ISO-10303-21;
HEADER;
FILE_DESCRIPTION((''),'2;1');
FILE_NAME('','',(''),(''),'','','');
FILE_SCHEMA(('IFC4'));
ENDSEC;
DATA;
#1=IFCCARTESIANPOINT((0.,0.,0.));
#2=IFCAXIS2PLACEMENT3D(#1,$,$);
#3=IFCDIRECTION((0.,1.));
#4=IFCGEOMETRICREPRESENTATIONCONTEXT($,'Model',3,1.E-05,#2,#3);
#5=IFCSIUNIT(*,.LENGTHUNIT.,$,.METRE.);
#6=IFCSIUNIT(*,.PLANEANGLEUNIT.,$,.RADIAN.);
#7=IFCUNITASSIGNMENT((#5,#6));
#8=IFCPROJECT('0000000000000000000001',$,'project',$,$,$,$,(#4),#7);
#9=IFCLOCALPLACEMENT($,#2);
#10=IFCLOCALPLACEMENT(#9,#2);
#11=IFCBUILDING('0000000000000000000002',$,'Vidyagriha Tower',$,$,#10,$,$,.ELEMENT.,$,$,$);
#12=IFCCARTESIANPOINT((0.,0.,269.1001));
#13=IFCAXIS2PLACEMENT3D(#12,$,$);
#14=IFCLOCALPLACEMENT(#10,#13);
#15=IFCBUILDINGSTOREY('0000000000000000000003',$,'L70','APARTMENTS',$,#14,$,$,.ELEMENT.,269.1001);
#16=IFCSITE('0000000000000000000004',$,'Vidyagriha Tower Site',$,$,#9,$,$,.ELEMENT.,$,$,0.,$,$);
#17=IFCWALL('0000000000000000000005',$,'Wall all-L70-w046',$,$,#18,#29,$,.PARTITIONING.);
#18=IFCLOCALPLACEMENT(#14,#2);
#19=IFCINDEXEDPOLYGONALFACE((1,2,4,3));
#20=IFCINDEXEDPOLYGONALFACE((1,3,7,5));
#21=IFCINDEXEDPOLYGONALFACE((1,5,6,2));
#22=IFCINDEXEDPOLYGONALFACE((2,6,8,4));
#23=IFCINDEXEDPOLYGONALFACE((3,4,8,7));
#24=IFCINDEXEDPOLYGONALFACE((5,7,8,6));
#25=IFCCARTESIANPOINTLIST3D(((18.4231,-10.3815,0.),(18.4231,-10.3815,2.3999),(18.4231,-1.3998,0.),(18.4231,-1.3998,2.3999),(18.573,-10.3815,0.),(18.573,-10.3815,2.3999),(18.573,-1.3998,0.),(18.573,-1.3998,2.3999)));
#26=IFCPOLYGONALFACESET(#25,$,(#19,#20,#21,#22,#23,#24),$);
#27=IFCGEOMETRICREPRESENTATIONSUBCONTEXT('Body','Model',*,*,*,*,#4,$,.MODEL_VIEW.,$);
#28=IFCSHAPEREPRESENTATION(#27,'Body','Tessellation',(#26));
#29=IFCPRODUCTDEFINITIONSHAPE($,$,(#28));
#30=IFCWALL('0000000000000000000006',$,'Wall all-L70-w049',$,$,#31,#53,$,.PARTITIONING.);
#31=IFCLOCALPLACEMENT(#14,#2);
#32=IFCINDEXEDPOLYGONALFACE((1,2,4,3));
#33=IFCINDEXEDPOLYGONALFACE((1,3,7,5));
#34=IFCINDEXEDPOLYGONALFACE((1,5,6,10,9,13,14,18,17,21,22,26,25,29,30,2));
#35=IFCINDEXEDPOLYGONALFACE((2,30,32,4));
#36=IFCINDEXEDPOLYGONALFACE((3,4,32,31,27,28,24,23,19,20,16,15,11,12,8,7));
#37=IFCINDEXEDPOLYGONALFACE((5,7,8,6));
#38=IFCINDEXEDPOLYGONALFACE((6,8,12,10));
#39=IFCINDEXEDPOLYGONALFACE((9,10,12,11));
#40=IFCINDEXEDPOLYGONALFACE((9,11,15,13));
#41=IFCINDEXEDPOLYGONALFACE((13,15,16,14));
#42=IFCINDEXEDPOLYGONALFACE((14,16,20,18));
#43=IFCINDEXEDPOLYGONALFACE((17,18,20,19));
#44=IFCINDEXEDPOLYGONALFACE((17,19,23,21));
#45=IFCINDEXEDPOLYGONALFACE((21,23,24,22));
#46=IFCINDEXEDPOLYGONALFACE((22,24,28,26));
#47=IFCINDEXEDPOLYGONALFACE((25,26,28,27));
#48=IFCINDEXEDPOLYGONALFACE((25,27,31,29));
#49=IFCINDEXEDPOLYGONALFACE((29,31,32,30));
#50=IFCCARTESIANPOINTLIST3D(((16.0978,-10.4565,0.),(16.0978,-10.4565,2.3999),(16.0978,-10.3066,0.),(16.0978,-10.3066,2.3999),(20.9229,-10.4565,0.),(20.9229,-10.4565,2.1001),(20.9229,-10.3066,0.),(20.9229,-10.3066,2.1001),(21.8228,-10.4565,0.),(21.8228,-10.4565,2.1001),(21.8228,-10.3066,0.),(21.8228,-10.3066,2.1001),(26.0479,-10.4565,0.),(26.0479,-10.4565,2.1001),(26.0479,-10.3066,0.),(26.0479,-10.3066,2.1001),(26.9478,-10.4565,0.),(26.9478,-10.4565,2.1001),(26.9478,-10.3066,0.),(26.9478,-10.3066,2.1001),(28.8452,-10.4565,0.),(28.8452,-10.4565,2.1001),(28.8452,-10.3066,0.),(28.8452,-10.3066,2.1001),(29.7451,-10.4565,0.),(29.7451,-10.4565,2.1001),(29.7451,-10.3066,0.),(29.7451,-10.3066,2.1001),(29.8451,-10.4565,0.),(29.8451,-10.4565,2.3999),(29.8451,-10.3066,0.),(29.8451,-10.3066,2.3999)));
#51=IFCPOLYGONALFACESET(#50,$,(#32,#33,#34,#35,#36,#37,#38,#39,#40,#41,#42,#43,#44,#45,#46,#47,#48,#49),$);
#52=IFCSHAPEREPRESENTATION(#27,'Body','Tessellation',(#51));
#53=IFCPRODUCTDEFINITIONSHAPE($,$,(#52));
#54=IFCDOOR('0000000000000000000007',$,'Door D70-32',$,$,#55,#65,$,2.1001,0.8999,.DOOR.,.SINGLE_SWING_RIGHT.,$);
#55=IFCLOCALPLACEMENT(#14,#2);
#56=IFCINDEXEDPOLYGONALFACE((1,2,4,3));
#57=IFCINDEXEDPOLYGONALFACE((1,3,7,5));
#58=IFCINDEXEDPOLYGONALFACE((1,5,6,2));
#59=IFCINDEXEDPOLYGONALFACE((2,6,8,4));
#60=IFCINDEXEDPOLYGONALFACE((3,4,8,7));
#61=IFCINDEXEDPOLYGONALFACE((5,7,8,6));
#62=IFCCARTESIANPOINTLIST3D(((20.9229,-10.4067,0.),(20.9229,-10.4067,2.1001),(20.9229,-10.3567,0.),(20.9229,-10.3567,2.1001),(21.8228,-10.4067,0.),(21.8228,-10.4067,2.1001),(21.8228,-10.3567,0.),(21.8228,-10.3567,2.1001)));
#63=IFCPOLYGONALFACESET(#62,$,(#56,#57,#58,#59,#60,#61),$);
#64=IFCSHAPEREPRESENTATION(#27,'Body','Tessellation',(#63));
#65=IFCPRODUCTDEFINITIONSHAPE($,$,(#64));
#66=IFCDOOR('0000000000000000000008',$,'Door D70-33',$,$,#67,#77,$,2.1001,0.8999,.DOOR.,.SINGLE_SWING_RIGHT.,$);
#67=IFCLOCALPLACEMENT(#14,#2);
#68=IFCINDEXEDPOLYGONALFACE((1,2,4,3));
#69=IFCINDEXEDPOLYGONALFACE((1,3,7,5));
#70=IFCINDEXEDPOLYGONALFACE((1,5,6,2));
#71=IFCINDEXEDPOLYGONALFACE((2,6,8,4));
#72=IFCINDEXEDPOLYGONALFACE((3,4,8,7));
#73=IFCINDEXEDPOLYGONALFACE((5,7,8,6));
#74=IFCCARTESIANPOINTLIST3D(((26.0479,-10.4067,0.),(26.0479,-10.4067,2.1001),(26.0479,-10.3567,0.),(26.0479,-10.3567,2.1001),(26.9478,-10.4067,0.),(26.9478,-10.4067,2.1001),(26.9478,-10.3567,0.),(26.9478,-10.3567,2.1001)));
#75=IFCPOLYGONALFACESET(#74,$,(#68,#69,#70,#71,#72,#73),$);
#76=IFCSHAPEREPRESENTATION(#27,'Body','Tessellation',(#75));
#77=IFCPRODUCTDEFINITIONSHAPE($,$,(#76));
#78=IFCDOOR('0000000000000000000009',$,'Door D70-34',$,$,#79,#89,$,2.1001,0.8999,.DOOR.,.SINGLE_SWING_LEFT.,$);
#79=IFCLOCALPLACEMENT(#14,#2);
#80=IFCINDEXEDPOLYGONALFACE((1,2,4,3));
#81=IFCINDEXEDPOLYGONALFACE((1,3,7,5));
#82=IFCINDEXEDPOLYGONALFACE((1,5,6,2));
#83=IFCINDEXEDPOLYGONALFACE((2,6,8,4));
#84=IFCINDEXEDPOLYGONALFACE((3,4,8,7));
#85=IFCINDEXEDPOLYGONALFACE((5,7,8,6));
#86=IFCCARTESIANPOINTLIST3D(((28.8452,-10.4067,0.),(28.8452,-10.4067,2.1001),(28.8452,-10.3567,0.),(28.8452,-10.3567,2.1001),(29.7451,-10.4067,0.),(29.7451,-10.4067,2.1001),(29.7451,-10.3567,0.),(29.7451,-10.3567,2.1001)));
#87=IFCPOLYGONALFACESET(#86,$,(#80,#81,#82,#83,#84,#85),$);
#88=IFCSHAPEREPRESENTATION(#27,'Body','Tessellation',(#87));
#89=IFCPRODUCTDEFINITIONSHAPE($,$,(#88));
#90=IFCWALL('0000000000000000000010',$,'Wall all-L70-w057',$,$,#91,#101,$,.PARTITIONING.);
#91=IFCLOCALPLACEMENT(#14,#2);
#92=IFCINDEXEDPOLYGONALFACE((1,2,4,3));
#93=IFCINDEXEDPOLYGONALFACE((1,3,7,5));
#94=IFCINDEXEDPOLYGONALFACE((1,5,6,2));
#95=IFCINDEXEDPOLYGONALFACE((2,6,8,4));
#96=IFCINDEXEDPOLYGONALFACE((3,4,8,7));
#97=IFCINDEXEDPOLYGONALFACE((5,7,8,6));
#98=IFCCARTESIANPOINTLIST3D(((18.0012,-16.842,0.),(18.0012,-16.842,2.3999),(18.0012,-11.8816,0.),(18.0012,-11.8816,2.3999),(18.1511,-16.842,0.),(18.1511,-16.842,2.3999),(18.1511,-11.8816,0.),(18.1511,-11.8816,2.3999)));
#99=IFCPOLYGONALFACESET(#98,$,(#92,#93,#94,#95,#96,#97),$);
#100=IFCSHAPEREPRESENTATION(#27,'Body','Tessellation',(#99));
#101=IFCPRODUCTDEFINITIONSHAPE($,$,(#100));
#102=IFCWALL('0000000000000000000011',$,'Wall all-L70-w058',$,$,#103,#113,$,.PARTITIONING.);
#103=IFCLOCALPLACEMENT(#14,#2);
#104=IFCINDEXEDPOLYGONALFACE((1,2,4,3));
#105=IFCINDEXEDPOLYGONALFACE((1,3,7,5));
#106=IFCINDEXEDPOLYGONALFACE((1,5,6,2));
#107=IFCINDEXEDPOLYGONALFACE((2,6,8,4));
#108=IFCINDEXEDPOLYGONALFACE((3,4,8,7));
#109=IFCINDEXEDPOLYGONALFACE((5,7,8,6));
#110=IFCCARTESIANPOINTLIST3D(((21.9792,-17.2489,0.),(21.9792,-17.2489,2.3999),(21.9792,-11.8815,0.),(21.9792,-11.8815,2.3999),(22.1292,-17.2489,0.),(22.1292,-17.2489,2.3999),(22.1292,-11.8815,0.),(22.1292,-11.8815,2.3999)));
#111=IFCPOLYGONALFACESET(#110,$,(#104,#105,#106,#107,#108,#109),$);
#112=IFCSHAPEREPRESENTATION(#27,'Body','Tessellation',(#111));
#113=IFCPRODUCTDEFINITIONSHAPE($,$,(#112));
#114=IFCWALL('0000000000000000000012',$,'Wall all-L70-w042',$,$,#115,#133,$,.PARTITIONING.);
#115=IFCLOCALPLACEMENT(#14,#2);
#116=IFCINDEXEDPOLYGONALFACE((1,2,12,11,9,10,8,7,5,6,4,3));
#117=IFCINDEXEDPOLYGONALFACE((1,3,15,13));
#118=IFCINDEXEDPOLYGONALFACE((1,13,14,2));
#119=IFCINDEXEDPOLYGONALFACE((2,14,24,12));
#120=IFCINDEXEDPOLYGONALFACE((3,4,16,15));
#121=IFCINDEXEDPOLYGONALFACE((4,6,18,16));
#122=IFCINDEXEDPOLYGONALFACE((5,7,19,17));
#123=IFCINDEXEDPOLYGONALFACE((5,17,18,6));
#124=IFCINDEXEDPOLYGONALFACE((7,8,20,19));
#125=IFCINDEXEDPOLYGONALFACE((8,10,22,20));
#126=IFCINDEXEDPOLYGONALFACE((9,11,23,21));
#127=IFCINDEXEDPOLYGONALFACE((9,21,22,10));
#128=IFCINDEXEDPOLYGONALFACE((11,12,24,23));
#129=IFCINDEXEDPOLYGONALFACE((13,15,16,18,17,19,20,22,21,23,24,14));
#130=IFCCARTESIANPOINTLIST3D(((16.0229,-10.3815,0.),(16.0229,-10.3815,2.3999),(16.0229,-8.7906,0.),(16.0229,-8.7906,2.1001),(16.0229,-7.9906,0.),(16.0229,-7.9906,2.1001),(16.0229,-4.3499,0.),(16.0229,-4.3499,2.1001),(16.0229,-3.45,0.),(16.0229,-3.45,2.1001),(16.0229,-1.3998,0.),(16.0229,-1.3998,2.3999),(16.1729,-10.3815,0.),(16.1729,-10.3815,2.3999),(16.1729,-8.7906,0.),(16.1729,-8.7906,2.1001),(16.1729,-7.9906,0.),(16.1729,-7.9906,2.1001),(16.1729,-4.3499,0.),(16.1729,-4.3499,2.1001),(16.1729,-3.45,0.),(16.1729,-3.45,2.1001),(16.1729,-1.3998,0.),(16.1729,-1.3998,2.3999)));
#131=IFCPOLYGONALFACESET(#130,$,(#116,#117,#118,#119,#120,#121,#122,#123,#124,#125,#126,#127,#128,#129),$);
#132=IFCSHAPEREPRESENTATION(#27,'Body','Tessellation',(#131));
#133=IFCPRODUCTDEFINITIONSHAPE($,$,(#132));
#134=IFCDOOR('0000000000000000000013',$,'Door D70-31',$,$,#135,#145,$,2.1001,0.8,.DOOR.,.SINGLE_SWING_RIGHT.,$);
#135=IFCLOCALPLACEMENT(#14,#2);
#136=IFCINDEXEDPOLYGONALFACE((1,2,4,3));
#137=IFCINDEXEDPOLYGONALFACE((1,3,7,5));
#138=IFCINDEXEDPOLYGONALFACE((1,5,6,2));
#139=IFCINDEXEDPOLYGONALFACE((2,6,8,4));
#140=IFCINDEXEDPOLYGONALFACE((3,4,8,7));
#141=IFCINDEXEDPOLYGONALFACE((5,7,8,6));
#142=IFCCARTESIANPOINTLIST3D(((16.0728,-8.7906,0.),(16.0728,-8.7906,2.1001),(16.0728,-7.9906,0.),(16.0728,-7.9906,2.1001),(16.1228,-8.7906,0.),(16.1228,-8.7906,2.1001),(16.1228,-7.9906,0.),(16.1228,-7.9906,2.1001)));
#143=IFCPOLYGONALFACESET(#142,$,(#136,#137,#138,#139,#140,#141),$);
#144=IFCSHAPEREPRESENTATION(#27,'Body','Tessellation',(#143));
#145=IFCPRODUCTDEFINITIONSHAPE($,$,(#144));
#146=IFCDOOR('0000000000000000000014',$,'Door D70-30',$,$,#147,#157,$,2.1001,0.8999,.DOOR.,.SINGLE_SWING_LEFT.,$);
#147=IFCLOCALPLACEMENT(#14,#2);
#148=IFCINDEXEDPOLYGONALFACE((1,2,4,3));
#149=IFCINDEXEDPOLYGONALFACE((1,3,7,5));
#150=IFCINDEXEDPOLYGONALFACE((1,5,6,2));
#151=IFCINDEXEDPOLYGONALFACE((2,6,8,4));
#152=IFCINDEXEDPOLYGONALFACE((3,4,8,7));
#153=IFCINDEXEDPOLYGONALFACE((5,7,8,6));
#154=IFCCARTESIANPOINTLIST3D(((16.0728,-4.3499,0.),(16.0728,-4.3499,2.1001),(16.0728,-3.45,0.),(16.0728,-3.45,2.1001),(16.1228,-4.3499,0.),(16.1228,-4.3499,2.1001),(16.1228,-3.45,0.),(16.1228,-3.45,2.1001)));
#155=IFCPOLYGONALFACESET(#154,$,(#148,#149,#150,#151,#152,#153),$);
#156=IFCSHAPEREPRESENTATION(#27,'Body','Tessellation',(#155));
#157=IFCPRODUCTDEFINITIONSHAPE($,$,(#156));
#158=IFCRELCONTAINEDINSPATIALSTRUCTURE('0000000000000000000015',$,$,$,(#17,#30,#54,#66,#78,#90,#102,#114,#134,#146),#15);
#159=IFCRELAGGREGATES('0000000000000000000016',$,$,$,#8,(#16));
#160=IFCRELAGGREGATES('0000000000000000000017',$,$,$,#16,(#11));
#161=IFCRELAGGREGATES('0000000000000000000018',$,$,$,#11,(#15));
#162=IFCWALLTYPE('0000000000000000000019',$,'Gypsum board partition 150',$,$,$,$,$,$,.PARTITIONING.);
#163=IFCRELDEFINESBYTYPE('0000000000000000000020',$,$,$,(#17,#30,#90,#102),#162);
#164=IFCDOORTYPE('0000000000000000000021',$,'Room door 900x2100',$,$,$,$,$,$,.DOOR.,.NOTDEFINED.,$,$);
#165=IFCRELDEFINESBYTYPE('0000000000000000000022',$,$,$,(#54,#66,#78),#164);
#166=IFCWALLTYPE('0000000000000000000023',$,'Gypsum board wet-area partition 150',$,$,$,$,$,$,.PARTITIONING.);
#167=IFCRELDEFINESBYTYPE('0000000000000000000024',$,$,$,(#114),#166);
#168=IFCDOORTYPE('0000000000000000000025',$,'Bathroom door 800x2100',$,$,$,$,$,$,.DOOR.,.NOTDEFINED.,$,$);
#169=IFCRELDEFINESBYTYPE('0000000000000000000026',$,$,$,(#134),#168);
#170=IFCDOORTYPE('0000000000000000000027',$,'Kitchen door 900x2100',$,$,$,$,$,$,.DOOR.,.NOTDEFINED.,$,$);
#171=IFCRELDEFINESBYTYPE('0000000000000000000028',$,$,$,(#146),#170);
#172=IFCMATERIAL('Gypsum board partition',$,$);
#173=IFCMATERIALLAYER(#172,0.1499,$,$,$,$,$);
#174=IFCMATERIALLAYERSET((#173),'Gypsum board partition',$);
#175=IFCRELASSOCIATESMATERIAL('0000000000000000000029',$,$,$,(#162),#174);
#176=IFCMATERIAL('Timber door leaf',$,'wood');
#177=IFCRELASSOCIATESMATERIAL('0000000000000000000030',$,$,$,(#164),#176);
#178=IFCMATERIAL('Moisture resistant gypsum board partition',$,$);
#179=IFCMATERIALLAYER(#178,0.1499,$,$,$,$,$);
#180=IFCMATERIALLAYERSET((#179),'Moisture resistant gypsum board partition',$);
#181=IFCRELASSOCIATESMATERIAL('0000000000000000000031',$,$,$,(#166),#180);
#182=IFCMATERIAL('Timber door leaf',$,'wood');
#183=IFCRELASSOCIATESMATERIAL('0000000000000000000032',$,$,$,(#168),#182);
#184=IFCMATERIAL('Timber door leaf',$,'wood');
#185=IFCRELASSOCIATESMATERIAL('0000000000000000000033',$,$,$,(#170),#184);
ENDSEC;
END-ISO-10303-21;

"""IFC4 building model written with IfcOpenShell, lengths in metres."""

from ifc_helpers import new_model, si_unit, direction, frame, frame_2d, origin, place, context, subcontext, project, spatial, rectangle, extrude, material, layer, layer_set, type_object, element, fill, save


model = new_model("IFC4")

# Units and contexts
model_context = context("Model", 3, precision=1e-05, world=origin(), true_north=direction((0.0, 1.0)))
body_context = subcontext(model_context, "Body", "Model", "MODEL_VIEW")
ifc_project = project(units=[si_unit("LENGTHUNIT", "METRE"), si_unit("PLANEANGLEUNIT", "RADIAN")], contexts=[model_context])

# Site, building, storey
site_placement = place(None, origin())
site = spatial("IfcSite", under=ifc_project, at=site_placement, Name="Vidyagriha Tower Site", CompositionType="ELEMENT", RefElevation=0.0)
building_placement = place(site_placement, origin())
building = spatial("IfcBuilding", under=site, at=building_placement, Name="Vidyagriha Tower", CompositionType="ELEMENT")
storey_placement = place(building_placement, frame((0.0, 0.0, 269.1001)))
storey = spatial("IfcBuildingStorey", under=building, at=storey_placement, Name="L70", Description="APARTMENTS", CompositionType="ELEMENT", Elevation=269.1001)

# Shared definitions
ifc_material_1 = material(Name="Gypsum board partition")
ifc_layer_1 = layer(ifc_material_1, 0.1499)
ifc_layer_set_1 = layer_set([ifc_layer_1], Name="Gypsum board partition")
wall_type_1 = type_object("IfcWallType", Name="Gypsum board partition 150", PredefinedType="PARTITIONING", material=ifc_layer_set_1)
ifc_material_2 = material(Name="Timber door leaf", Category="wood")
door_type_1 = type_object("IfcDoorType", Name="Room door 900x2100", OperationType="NOTDEFINED", PredefinedType="DOOR", material=ifc_material_2)

# Wall
wall_1_placement = place(storey_placement, frame((18.498, -1.3999, 0.0), z_axis=(0.0, 0.0, 1.0), x_axis=(0.0, -1.0, 0.0)))
element("IfcWall", 1, at=wall_1_placement, inside=storey, type_object=wall_type_1, Name="Wall all-L70-w046", PredefinedType="PARTITIONING", context=body_context, shape_type="SweptSolid", body=[
    extrude(rectangle(XDim=8.9817, YDim=0.1499, at=frame_2d((4.4907, 0.0))), origin(), (0.0, 0.0, 1.0), 2.3999),
])

# Wall, openings, doors
wall_2_placement = place(storey_placement, frame((16.0979, -10.3816, 0.0)))
wall_2 = element("IfcWall", 2, at=wall_2_placement, inside=storey, type_object=wall_type_1, Name="Wall all-L70-w049", PredefinedType="PARTITIONING", context=body_context, shape_type="SweptSolid", body=[
    extrude(rectangle(XDim=13.7473, YDim=0.1499, at=frame_2d((6.8735, 0.0))), origin(), (0.0, 0.0, 1.0), 2.3999),
])
opening_1_placement = place(wall_2_placement, frame((4.825, 0.0, 0.0)))
opening_1 = element("IfcOpeningElement", 3, at=opening_1_placement, cuts=wall_2, PredefinedType="OPENING", context=body_context, shape_type="SweptSolid", body=[
    extrude(rectangle(XDim=0.8999, YDim=2.1001, at=frame_2d((0.45, 1.05))), frame((0.0, 0.085, 0.0), z_axis=(0.0, -1.0, 0.0), x_axis=(1.0, 0.0, 0.0)), (0.0, 0.0, 1.0), 0.1699),
])
opening_2_placement = place(wall_2_placement, frame((9.95, 0.0, 0.0)))
opening_2 = element("IfcOpeningElement", 4, at=opening_2_placement, cuts=wall_2, PredefinedType="OPENING", context=body_context, shape_type="SweptSolid", body=[
    extrude(rectangle(XDim=0.8999, YDim=2.1001, at=frame_2d((0.45, 1.05))), frame((0.0, 0.085, 0.0), z_axis=(0.0, -1.0, 0.0), x_axis=(1.0, 0.0, 0.0)), (0.0, 0.0, 1.0), 0.1699),
])
opening_3_placement = place(wall_2_placement, frame((12.7473, 0.0, 0.0)))
opening_3 = element("IfcOpeningElement", 5, at=opening_3_placement, cuts=wall_2, PredefinedType="OPENING", context=body_context, shape_type="SweptSolid", body=[
    extrude(rectangle(XDim=0.8999, YDim=2.1001, at=frame_2d((0.45, 1.05))), frame((0.0, 0.085, 0.0), z_axis=(0.0, -1.0, 0.0), x_axis=(1.0, 0.0, 0.0)), (0.0, 0.0, 1.0), 0.1699),
])
door_1_placement = place(opening_1_placement, origin())
door_1 = element("IfcDoor", 6, at=door_1_placement, inside=storey, type_object=door_type_1, Name="Door D70-32", OperationType="SINGLE_SWING_RIGHT", OverallHeight=2.1001, OverallWidth=0.8999, PredefinedType="DOOR", context=body_context, shape_type="SweptSolid", body=[
    extrude(rectangle(XDim=0.8999, YDim=2.1001, at=frame_2d((0.45, 1.05))), frame((0.0, 0.0249, 0.0), z_axis=(0.0, -1.0, 0.0), x_axis=(1.0, 0.0, 0.0)), (0.0, 0.0, 1.0), 0.05),
])
fill(opening_1, door_1)
door_2_placement = place(opening_2_placement, origin())
door_2 = element("IfcDoor", 7, at=door_2_placement, inside=storey, type_object=door_type_1, Name="Door D70-33", OperationType="SINGLE_SWING_RIGHT", OverallHeight=2.1001, OverallWidth=0.8999, PredefinedType="DOOR", context=body_context, shape_type="SweptSolid", body=[
    extrude(rectangle(XDim=0.8999, YDim=2.1001, at=frame_2d((0.45, 1.05))), frame((0.0, 0.0249, 0.0), z_axis=(0.0, -1.0, 0.0), x_axis=(1.0, 0.0, 0.0)), (0.0, 0.0, 1.0), 0.05),
])
fill(opening_2, door_2)
door_3_placement = place(opening_3_placement, origin())
door_3 = element("IfcDoor", 8, at=door_3_placement, inside=storey, type_object=door_type_1, Name="Door D70-34", OperationType="SINGLE_SWING_LEFT", OverallHeight=2.1001, OverallWidth=0.8999, PredefinedType="DOOR", context=body_context, shape_type="SweptSolid", body=[
    extrude(rectangle(XDim=0.8999, YDim=2.1001, at=frame_2d((0.45, 1.05))), frame((0.0, 0.0249, 0.0), z_axis=(0.0, -1.0, 0.0), x_axis=(1.0, 0.0, 0.0)), (0.0, 0.0, 1.0), 0.05),
])
fill(opening_3, door_3)

# Walls
wall_3_placement = place(storey_placement, frame((18.0762, -11.8816, 0.0), z_axis=(0.0, 0.0, 1.0), x_axis=(0.0, -1.0, 0.0)))
element("IfcWall", 9, at=wall_3_placement, inside=storey, type_object=wall_type_1, Name="Wall all-L70-w057", PredefinedType="PARTITIONING", context=body_context, shape_type="SweptSolid", body=[
    extrude(rectangle(XDim=4.9604, YDim=0.1499, at=frame_2d((2.4802, 0.0))), origin(), (0.0, 0.0, 1.0), 2.3999),
])
wall_4_placement = place(storey_placement, frame((22.0542, -11.8816, 0.0), z_axis=(0.0, 0.0, 1.0), x_axis=(0.0, -1.0, 0.0)))
element("IfcWall", 10, at=wall_4_placement, inside=storey, type_object=wall_type_1, Name="Wall all-L70-w058", PredefinedType="PARTITIONING", context=body_context, shape_type="SweptSolid", body=[
    extrude(rectangle(XDim=5.3674, YDim=0.1499, at=frame_2d((2.6836, 0.0))), origin(), (0.0, 0.0, 1.0), 2.3999),
])

# Wall, openings, doors
ifc_material_3 = material(Name="Moisture resistant gypsum board partition")
ifc_layer_2 = layer(ifc_material_3, 0.1499)
ifc_layer_set_2 = layer_set([ifc_layer_2], Name="Moisture resistant gypsum board partition")
wall_type_2 = type_object("IfcWallType", Name="Gypsum board wet-area partition 150", PredefinedType="PARTITIONING", material=ifc_layer_set_2)
wall_5_placement = place(storey_placement, frame((16.0979, -1.3999, 0.0), z_axis=(0.0, 0.0, 1.0), x_axis=(0.0, -1.0, 0.0)))
wall_5 = element("IfcWall", 11, at=wall_5_placement, inside=storey, type_object=wall_type_2, Name="Wall all-L70-w042", PredefinedType="PARTITIONING", context=body_context, shape_type="SweptSolid", body=[
    extrude(rectangle(XDim=8.9817, YDim=0.1499, at=frame_2d((4.4907, 0.0))), origin(), (0.0, 0.0, 1.0), 2.3999),
])
opening_4_placement = place(wall_5_placement, frame((2.05, 0.0, 0.0)))
opening_4 = element("IfcOpeningElement", 12, at=opening_4_placement, cuts=wall_5, PredefinedType="OPENING", context=body_context, shape_type="SweptSolid", body=[
    extrude(rectangle(XDim=0.8999, YDim=2.1001, at=frame_2d((0.45, 1.05))), frame((0.0, 0.085, 0.0), z_axis=(0.0, -1.0, 0.0), x_axis=(1.0, 0.0, 0.0)), (0.0, 0.0, 1.0), 0.1699),
])
opening_5_placement = place(wall_5_placement, frame((6.5908, 0.0, 0.0)))
opening_5 = element("IfcOpeningElement", 13, at=opening_5_placement, cuts=wall_5, PredefinedType="OPENING", context=body_context, shape_type="SweptSolid", body=[
    extrude(rectangle(XDim=0.8, YDim=2.1001, at=frame_2d((0.3999, 1.05))), frame((0.0, 0.085, 0.0), z_axis=(0.0, -1.0, 0.0), x_axis=(1.0, 0.0, 0.0)), (0.0, 0.0, 1.0), 0.1699),
])
ifc_material_4 = material(Name="Timber door leaf", Category="wood")
door_type_2 = type_object("IfcDoorType", Name="Bathroom door 800x2100", OperationType="NOTDEFINED", PredefinedType="DOOR", material=ifc_material_4)
door_4_placement = place(opening_5_placement, origin())
door_4 = element("IfcDoor", 14, at=door_4_placement, inside=storey, type_object=door_type_2, Name="Door D70-31", OperationType="SINGLE_SWING_RIGHT", OverallHeight=2.1001, OverallWidth=0.8, PredefinedType="DOOR", context=body_context, shape_type="SweptSolid", body=[
    extrude(rectangle(XDim=0.8, YDim=2.1001, at=frame_2d((0.3999, 1.05))), frame((0.0, 0.0249, 0.0), z_axis=(0.0, -1.0, 0.0), x_axis=(1.0, 0.0, 0.0)), (0.0, 0.0, 1.0), 0.05),
])
fill(opening_5, door_4)
ifc_material_5 = material(Name="Timber door leaf", Category="wood")
door_type_3 = type_object("IfcDoorType", Name="Kitchen door 900x2100", OperationType="NOTDEFINED", PredefinedType="DOOR", material=ifc_material_5)
door_5_placement = place(opening_4_placement, origin())
door_5 = element("IfcDoor", 15, at=door_5_placement, inside=storey, type_object=door_type_3, Name="Door D70-30", OperationType="SINGLE_SWING_LEFT", OverallHeight=2.1001, OverallWidth=0.8999, PredefinedType="DOOR", context=body_context, shape_type="SweptSolid", body=[
    extrude(rectangle(XDim=0.8999, YDim=2.1001, at=frame_2d((0.45, 1.05))), frame((0.0, 0.0249, 0.0), z_axis=(0.0, -1.0, 0.0), x_axis=(1.0, 0.0, 0.0)), (0.0, 0.0, 1.0), 0.05),
])
fill(opening_4, door_5)

save(model, "model.ifc")
